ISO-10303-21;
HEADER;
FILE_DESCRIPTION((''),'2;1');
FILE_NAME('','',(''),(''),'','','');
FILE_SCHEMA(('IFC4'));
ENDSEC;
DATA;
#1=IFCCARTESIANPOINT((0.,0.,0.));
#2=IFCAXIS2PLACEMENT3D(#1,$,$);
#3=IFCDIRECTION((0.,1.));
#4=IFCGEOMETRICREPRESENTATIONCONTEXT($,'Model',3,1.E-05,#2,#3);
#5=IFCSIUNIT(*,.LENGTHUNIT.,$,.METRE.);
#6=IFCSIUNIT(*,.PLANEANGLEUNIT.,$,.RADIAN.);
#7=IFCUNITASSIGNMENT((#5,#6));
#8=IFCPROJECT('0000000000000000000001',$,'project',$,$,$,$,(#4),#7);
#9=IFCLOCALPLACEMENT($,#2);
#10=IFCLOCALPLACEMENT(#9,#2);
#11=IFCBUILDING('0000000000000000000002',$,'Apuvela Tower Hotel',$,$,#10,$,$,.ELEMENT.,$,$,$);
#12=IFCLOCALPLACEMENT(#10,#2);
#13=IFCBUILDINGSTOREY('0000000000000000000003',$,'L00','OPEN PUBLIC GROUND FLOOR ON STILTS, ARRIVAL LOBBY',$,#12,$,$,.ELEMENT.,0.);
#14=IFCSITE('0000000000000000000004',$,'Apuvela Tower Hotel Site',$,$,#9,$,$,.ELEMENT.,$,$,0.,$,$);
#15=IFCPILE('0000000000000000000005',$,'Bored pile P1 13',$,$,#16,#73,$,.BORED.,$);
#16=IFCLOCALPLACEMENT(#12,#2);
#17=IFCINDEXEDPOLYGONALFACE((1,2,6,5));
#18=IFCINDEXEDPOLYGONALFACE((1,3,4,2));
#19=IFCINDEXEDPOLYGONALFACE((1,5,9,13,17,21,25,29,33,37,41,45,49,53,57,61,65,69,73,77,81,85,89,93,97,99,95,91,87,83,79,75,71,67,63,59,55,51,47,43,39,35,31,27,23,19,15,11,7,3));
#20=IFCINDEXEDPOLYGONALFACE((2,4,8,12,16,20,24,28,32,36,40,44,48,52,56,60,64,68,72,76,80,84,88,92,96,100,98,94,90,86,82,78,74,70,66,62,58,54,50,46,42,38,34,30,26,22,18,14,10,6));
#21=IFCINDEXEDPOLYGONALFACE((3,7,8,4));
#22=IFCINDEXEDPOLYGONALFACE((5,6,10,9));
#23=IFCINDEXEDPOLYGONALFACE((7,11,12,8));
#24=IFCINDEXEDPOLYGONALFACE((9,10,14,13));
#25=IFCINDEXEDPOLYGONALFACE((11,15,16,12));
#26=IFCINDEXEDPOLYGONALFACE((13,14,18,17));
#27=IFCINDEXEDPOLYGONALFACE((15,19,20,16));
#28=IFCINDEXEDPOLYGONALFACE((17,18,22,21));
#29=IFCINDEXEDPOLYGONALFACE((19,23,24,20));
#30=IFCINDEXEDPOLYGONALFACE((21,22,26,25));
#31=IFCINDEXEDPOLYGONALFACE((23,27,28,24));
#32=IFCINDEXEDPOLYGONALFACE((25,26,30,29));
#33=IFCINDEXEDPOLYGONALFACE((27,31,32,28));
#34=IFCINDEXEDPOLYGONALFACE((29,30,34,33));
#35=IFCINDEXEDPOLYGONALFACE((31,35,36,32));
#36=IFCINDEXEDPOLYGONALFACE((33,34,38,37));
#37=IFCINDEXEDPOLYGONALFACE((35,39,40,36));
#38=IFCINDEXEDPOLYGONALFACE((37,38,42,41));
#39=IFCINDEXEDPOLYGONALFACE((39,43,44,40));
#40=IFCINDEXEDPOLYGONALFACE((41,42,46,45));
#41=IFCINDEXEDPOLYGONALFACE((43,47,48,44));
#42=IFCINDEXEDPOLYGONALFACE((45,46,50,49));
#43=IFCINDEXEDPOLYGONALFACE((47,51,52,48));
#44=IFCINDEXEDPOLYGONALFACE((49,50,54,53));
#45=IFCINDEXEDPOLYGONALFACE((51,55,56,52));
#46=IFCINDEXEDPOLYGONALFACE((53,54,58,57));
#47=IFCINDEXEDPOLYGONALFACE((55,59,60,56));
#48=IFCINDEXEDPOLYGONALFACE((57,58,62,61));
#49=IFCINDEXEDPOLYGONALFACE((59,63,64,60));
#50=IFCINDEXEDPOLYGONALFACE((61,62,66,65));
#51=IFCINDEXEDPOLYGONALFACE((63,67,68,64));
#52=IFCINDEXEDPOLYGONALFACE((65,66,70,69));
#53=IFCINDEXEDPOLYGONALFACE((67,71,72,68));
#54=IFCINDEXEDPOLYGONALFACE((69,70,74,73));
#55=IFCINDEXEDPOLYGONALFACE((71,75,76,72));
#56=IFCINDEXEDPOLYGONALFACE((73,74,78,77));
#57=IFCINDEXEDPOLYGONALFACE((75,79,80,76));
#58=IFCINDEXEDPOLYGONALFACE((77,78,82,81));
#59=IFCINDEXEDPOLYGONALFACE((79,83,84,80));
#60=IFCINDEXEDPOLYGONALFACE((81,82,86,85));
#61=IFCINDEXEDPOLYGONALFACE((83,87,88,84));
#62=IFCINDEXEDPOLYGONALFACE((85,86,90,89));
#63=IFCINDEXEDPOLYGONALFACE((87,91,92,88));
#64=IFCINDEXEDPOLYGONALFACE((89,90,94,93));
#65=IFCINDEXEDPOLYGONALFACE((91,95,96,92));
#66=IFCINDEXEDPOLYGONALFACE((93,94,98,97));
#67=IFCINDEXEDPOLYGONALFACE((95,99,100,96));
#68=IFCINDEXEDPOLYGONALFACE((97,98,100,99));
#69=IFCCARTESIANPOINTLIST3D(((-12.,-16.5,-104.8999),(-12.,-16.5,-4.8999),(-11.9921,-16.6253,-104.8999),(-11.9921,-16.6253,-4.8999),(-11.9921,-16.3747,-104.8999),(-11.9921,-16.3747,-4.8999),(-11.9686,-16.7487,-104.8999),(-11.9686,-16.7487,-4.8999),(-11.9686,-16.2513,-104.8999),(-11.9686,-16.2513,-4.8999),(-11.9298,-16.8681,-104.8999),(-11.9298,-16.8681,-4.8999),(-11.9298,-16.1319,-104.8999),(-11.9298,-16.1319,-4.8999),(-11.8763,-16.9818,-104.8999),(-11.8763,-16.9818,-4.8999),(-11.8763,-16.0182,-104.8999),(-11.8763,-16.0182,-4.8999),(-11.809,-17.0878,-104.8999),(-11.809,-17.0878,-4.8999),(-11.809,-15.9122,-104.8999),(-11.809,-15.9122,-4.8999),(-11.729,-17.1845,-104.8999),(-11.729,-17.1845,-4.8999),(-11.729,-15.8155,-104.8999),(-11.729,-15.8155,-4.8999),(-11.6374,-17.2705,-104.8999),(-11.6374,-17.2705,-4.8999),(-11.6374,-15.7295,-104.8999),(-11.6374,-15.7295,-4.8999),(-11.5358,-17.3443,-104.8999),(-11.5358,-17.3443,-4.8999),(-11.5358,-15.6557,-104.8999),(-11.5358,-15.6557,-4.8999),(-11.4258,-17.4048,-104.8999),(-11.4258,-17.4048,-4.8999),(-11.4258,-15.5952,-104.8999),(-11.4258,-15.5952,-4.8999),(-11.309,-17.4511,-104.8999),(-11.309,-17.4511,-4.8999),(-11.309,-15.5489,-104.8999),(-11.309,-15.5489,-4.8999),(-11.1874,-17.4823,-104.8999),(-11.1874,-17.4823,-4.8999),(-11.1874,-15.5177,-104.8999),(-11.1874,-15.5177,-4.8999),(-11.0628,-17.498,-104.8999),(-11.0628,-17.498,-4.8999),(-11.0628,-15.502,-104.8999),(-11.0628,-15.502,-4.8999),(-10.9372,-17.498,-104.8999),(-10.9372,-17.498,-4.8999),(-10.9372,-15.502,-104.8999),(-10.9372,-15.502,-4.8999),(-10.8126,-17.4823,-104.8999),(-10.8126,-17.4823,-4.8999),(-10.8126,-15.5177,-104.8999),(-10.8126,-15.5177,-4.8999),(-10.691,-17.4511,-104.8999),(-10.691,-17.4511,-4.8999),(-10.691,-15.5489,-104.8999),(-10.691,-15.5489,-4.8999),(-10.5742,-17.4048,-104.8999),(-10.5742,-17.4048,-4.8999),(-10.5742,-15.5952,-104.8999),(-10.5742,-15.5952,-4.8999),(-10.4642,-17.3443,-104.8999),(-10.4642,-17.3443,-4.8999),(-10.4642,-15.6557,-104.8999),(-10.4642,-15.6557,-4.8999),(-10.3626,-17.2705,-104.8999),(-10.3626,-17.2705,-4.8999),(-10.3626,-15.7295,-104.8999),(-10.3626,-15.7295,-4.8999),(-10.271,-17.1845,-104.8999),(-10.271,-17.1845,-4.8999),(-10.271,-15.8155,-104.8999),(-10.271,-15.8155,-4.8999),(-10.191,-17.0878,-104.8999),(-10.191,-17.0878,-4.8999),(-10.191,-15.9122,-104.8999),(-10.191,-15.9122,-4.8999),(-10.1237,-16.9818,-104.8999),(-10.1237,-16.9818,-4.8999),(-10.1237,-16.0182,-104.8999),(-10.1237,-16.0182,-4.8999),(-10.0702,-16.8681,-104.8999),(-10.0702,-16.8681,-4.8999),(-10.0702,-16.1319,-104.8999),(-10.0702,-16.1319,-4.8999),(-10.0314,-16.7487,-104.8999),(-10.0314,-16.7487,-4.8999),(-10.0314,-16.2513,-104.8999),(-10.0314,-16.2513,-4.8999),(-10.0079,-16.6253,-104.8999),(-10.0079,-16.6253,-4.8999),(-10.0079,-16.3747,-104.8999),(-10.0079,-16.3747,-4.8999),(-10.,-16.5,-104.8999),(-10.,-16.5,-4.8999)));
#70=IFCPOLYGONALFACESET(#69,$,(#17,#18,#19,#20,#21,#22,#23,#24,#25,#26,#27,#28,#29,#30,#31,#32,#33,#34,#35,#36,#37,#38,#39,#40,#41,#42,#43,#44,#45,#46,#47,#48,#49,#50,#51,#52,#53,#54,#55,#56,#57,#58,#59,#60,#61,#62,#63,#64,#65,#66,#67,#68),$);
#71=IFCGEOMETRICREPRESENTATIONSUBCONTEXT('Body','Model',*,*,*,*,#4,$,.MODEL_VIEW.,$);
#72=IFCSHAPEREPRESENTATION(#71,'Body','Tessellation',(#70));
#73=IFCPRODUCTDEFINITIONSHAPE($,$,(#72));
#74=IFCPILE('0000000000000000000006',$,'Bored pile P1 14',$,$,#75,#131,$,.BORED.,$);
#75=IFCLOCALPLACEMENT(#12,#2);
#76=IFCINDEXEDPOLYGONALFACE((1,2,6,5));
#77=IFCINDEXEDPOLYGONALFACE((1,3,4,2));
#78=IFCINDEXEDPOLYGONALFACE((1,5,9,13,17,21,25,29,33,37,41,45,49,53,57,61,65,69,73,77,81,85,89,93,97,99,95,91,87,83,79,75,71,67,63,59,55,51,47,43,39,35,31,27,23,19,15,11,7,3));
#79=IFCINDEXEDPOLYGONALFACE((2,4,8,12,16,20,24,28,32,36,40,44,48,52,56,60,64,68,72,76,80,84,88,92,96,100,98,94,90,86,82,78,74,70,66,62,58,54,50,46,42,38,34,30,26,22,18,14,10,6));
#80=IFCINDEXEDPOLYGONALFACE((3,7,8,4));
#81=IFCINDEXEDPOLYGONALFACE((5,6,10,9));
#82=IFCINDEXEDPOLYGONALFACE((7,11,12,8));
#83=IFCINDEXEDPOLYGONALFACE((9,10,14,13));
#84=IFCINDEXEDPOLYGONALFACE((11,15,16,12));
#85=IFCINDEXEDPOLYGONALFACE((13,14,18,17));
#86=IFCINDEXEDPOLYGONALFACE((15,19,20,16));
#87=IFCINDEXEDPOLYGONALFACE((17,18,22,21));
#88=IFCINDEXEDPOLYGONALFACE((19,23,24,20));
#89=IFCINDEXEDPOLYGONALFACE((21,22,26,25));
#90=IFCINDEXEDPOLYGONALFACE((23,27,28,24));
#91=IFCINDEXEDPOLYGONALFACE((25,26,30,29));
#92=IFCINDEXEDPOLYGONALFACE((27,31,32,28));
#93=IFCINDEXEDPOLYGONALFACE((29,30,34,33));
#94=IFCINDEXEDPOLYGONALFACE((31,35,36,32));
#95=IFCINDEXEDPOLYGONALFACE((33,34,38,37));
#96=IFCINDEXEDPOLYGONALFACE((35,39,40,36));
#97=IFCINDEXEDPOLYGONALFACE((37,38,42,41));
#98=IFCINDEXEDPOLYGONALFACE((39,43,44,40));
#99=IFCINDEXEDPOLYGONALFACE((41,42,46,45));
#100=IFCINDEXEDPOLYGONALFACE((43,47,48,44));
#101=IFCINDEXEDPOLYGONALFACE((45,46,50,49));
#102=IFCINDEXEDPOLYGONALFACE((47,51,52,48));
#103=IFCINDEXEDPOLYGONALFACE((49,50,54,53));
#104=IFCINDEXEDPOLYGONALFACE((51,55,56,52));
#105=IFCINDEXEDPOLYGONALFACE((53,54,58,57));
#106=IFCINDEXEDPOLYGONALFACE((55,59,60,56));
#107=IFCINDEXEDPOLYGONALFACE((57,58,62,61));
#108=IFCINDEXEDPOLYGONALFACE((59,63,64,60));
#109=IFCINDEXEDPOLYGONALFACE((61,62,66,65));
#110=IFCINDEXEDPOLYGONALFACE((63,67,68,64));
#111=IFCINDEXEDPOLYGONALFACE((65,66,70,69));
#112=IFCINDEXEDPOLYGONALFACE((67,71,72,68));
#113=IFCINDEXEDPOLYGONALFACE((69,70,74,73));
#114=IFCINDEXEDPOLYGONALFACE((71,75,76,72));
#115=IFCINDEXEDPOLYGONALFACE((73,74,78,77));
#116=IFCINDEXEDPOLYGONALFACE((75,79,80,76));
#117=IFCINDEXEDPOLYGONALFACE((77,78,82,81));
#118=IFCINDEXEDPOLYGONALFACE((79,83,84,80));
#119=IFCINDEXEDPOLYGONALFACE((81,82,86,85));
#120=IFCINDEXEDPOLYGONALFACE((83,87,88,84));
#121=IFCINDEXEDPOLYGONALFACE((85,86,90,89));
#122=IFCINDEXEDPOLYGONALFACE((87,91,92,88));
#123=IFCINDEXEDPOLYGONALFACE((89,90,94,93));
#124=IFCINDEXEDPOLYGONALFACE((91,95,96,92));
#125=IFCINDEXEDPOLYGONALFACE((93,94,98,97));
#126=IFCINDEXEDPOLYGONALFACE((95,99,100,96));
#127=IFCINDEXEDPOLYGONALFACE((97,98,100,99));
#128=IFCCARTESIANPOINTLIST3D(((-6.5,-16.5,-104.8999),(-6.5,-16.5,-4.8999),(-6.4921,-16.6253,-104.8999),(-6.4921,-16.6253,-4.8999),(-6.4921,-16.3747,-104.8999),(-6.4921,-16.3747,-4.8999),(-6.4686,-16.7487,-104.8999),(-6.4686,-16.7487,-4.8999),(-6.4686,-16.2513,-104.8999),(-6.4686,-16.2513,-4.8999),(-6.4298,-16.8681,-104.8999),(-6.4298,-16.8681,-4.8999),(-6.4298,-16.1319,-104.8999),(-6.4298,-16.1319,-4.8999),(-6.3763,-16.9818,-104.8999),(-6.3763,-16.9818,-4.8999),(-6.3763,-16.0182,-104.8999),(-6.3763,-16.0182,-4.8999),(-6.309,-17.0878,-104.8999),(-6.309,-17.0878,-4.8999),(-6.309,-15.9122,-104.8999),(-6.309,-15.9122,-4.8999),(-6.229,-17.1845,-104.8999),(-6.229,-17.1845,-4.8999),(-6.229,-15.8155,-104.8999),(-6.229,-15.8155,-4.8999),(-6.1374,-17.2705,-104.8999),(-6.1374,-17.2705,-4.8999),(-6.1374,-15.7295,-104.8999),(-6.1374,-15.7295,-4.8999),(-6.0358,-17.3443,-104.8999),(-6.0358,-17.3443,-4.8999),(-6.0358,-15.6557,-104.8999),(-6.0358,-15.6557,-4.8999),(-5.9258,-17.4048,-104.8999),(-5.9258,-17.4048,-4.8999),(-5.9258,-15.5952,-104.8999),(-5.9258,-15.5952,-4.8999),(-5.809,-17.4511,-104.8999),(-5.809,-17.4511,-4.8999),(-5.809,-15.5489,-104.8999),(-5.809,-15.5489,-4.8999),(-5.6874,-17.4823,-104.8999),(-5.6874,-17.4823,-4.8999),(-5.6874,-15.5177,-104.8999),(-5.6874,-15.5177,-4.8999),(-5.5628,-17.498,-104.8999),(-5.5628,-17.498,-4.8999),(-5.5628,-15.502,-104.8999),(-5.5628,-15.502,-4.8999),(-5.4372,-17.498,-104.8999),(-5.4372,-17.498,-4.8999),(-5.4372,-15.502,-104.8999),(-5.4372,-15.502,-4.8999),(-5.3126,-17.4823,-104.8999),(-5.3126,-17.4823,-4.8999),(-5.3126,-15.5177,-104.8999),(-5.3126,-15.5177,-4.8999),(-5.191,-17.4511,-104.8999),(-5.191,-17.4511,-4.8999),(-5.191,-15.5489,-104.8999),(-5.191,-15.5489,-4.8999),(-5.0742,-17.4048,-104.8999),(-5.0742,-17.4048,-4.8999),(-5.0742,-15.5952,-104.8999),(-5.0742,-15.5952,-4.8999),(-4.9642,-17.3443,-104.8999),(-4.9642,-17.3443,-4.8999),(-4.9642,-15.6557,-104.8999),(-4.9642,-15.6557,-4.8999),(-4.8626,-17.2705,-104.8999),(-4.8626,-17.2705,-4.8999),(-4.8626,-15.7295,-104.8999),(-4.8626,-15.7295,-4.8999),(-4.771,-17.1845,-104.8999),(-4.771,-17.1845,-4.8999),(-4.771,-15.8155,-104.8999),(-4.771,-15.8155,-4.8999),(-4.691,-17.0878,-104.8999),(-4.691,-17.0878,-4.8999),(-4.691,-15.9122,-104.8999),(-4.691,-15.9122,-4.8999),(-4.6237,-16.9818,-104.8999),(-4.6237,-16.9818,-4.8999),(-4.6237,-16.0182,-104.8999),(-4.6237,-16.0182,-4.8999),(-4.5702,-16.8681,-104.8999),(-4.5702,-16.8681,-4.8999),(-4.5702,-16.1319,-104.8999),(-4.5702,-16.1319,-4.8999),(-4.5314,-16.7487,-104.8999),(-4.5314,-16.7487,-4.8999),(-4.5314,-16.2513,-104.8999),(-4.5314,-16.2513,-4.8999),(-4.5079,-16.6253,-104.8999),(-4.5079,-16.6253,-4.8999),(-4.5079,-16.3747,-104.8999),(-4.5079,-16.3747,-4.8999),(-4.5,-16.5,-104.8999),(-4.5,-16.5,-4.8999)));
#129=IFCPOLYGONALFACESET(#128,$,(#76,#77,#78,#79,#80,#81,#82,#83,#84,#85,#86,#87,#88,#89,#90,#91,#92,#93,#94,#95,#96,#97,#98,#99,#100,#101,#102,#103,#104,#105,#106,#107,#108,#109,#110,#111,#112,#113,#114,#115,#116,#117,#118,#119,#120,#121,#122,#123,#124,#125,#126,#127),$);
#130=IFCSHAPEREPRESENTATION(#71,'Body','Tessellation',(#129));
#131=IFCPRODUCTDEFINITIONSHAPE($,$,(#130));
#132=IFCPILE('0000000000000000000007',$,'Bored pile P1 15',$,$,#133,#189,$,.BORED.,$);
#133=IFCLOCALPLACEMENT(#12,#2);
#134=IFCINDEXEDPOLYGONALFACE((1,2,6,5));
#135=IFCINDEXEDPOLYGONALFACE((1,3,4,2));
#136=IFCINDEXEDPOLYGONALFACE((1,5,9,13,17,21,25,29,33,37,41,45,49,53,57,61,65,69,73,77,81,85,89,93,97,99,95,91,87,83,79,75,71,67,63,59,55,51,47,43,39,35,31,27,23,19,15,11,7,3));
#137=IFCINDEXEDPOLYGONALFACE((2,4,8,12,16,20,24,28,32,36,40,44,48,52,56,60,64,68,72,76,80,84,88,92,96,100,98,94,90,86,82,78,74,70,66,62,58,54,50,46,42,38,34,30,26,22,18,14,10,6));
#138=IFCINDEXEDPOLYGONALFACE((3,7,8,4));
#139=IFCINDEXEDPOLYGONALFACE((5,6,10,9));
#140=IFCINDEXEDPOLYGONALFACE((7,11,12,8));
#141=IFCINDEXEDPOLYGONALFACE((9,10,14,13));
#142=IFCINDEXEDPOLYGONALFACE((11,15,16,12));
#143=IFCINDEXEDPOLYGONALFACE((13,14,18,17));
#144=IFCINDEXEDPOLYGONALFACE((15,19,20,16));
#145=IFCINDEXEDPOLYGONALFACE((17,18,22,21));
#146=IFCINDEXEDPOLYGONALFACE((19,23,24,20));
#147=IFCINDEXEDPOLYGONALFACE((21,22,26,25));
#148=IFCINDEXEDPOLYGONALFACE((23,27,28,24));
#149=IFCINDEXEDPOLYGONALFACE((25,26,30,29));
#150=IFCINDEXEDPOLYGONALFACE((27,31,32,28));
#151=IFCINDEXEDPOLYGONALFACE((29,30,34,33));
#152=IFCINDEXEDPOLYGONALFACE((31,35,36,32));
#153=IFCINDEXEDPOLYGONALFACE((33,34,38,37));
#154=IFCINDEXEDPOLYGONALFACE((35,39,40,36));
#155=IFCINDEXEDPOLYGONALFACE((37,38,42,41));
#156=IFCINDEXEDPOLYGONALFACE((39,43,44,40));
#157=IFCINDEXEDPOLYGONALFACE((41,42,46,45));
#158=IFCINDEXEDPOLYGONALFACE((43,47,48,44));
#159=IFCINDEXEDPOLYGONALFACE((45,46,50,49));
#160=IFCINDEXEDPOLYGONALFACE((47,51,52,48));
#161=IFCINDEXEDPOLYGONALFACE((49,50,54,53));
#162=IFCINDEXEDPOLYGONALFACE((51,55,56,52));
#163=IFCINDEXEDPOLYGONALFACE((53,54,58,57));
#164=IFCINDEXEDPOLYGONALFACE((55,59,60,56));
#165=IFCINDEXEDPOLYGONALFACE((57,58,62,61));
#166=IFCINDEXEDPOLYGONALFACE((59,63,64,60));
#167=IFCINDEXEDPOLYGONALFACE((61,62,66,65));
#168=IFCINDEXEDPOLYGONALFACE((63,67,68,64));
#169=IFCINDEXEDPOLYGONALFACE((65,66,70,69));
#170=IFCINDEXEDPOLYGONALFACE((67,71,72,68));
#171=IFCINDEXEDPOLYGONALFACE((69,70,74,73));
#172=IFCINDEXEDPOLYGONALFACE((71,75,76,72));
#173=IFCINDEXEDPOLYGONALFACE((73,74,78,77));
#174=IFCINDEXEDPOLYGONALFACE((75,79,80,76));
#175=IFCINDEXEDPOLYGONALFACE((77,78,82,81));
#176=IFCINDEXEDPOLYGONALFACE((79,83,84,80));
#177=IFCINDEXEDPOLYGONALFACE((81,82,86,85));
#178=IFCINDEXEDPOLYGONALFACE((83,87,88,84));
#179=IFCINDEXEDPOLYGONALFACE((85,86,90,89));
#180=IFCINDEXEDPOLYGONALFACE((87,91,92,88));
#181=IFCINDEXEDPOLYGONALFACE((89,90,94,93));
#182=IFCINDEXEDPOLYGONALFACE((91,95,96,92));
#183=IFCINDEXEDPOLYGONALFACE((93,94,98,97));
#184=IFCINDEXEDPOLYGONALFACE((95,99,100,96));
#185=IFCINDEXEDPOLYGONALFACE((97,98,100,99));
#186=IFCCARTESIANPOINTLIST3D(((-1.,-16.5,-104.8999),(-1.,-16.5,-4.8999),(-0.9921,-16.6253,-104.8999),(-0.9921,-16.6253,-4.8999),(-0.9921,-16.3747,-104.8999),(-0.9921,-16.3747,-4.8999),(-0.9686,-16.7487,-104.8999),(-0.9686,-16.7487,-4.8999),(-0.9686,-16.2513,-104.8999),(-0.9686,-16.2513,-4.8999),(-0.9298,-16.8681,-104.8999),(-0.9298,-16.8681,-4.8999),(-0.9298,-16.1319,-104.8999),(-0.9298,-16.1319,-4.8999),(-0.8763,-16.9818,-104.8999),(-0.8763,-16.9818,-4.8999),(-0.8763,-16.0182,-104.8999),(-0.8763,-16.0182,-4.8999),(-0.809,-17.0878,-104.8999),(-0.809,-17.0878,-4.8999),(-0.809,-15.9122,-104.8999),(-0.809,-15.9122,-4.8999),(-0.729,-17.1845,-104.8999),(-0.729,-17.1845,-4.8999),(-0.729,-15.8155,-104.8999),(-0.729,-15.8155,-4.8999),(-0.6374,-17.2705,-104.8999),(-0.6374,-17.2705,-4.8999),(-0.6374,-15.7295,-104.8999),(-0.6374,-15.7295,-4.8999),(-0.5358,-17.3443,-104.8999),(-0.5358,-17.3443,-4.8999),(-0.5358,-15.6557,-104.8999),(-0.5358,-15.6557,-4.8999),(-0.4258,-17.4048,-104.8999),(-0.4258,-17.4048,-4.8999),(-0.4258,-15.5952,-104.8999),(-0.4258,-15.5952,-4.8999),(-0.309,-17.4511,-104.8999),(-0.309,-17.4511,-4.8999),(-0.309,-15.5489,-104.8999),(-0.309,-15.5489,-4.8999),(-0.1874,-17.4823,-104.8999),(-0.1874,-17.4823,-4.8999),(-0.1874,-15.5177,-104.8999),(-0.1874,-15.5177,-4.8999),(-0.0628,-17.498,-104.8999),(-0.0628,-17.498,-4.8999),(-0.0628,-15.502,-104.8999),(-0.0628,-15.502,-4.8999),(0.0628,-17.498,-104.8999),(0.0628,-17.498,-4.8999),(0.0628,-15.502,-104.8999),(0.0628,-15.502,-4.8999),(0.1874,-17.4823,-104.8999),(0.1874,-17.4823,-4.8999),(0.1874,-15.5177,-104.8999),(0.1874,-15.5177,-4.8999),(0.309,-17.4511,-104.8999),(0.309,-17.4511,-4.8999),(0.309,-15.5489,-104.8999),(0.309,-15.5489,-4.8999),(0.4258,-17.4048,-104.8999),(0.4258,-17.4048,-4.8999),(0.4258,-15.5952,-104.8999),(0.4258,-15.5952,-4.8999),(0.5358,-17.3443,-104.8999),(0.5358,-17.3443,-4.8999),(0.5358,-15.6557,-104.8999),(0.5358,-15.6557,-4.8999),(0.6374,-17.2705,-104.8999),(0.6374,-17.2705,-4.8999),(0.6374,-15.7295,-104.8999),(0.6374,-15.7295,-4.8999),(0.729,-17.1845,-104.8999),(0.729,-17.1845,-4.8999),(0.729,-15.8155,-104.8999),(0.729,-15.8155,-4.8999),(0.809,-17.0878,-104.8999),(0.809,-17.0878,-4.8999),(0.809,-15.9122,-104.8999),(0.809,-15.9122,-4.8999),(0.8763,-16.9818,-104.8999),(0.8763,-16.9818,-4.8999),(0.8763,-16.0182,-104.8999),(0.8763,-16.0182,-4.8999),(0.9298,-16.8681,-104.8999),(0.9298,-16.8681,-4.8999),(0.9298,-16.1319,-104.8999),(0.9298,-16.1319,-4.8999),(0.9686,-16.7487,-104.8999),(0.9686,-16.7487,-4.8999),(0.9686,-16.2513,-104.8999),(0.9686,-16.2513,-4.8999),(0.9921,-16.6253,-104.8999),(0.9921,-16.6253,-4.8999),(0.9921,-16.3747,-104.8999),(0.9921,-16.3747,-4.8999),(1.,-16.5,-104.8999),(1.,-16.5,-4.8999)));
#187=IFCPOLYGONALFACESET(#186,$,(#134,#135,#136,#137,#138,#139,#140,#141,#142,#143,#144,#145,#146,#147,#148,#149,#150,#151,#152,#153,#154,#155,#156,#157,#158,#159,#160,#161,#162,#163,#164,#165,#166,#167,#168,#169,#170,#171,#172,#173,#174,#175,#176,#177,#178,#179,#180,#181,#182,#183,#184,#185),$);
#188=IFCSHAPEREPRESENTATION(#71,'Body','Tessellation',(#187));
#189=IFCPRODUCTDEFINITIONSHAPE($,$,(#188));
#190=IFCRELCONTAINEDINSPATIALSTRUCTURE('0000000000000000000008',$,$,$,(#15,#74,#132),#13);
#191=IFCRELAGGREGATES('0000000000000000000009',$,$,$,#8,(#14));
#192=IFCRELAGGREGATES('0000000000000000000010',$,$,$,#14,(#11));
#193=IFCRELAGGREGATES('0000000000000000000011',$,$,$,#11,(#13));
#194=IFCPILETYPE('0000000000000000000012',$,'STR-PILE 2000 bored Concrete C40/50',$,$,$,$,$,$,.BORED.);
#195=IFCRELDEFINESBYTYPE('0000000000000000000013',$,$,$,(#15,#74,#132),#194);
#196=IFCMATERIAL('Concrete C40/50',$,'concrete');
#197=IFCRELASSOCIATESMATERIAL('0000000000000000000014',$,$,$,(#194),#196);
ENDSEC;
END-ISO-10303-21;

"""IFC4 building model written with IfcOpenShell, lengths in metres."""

from ifc_helpers import new_model, si_unit, direction, frame, origin, origin_2d, place, context, subcontext, project, spatial, circle, extrude, material, material_profile, profile_set, type_object, element, save


model = new_model("IFC4")

# Units and contexts
model_context = context("Model", 3, precision=1e-05, world=origin(), true_north=direction((0.0, 1.0)))
body_context = subcontext(model_context, "Body", "Model", "MODEL_VIEW")
ifc_project = project(units=[si_unit("LENGTHUNIT", "METRE"), si_unit("PLANEANGLEUNIT", "RADIAN")], contexts=[model_context])

# Site, building, storey
site_placement = place(None, origin())
site = spatial("IfcSite", under=ifc_project, at=site_placement, Name="Apuvela Tower Hotel Site", CompositionType="ELEMENT", RefElevation=0.0)
building_placement = place(site_placement, origin())
building = spatial("IfcBuilding", under=site, at=building_placement, Name="Apuvela Tower Hotel", CompositionType="ELEMENT")
storey_placement = place(building_placement, origin())
storey = spatial("IfcBuildingStorey", under=building, at=storey_placement, Name="L00", Description="OPEN PUBLIC GROUND FLOOR ON STILTS, ARRIVAL LOBBY", CompositionType="ELEMENT", Elevation=0.0)

# Piles
ifc_material_1 = material(Name="Concrete C40/50", Category="concrete")
ifc_material_profile_1 = material_profile(ifc_material_1, circle(Radius=1.0, at=origin_2d()), Name="PILE 2000")
ifc_profile_set_1 = profile_set([ifc_material_profile_1], Name="Concrete C40/50")
pile_type = type_object("IfcPileType", Name="STR-PILE 2000 bored Concrete C40/50", PredefinedType="BORED", material=ifc_profile_set_1)
for number, where, z_axis, x_axis, name in (
    (1, (-11.0, -16.5, -4.8999), (0.0, 0.0, -1.0), (1.0, 0.0, 0.0), "Bored pile P1 13"),
    (2, (-5.5, -16.5, -4.8999), (0.0, 0.0, -1.0), (1.0, 0.0, 0.0), "Bored pile P1 14"),
    (3, (0.0, -16.5, -4.8999), (0.0, 0.0, -1.0), (1.0, 0.0, 0.0), "Bored pile P1 15"),
):
    element("IfcPile", number, at=place(storey_placement, frame(where, z_axis=z_axis, x_axis=x_axis)), inside=storey, type_object=pile_type, Name=name, PredefinedType="BORED", context=body_context, shape_type="SweptSolid", body=[
        extrude(circle(Radius=1.0, at=origin_2d()), origin(), (0.0, 0.0, 1.0), 100.0),
    ])

save(model, "model.ifc")
